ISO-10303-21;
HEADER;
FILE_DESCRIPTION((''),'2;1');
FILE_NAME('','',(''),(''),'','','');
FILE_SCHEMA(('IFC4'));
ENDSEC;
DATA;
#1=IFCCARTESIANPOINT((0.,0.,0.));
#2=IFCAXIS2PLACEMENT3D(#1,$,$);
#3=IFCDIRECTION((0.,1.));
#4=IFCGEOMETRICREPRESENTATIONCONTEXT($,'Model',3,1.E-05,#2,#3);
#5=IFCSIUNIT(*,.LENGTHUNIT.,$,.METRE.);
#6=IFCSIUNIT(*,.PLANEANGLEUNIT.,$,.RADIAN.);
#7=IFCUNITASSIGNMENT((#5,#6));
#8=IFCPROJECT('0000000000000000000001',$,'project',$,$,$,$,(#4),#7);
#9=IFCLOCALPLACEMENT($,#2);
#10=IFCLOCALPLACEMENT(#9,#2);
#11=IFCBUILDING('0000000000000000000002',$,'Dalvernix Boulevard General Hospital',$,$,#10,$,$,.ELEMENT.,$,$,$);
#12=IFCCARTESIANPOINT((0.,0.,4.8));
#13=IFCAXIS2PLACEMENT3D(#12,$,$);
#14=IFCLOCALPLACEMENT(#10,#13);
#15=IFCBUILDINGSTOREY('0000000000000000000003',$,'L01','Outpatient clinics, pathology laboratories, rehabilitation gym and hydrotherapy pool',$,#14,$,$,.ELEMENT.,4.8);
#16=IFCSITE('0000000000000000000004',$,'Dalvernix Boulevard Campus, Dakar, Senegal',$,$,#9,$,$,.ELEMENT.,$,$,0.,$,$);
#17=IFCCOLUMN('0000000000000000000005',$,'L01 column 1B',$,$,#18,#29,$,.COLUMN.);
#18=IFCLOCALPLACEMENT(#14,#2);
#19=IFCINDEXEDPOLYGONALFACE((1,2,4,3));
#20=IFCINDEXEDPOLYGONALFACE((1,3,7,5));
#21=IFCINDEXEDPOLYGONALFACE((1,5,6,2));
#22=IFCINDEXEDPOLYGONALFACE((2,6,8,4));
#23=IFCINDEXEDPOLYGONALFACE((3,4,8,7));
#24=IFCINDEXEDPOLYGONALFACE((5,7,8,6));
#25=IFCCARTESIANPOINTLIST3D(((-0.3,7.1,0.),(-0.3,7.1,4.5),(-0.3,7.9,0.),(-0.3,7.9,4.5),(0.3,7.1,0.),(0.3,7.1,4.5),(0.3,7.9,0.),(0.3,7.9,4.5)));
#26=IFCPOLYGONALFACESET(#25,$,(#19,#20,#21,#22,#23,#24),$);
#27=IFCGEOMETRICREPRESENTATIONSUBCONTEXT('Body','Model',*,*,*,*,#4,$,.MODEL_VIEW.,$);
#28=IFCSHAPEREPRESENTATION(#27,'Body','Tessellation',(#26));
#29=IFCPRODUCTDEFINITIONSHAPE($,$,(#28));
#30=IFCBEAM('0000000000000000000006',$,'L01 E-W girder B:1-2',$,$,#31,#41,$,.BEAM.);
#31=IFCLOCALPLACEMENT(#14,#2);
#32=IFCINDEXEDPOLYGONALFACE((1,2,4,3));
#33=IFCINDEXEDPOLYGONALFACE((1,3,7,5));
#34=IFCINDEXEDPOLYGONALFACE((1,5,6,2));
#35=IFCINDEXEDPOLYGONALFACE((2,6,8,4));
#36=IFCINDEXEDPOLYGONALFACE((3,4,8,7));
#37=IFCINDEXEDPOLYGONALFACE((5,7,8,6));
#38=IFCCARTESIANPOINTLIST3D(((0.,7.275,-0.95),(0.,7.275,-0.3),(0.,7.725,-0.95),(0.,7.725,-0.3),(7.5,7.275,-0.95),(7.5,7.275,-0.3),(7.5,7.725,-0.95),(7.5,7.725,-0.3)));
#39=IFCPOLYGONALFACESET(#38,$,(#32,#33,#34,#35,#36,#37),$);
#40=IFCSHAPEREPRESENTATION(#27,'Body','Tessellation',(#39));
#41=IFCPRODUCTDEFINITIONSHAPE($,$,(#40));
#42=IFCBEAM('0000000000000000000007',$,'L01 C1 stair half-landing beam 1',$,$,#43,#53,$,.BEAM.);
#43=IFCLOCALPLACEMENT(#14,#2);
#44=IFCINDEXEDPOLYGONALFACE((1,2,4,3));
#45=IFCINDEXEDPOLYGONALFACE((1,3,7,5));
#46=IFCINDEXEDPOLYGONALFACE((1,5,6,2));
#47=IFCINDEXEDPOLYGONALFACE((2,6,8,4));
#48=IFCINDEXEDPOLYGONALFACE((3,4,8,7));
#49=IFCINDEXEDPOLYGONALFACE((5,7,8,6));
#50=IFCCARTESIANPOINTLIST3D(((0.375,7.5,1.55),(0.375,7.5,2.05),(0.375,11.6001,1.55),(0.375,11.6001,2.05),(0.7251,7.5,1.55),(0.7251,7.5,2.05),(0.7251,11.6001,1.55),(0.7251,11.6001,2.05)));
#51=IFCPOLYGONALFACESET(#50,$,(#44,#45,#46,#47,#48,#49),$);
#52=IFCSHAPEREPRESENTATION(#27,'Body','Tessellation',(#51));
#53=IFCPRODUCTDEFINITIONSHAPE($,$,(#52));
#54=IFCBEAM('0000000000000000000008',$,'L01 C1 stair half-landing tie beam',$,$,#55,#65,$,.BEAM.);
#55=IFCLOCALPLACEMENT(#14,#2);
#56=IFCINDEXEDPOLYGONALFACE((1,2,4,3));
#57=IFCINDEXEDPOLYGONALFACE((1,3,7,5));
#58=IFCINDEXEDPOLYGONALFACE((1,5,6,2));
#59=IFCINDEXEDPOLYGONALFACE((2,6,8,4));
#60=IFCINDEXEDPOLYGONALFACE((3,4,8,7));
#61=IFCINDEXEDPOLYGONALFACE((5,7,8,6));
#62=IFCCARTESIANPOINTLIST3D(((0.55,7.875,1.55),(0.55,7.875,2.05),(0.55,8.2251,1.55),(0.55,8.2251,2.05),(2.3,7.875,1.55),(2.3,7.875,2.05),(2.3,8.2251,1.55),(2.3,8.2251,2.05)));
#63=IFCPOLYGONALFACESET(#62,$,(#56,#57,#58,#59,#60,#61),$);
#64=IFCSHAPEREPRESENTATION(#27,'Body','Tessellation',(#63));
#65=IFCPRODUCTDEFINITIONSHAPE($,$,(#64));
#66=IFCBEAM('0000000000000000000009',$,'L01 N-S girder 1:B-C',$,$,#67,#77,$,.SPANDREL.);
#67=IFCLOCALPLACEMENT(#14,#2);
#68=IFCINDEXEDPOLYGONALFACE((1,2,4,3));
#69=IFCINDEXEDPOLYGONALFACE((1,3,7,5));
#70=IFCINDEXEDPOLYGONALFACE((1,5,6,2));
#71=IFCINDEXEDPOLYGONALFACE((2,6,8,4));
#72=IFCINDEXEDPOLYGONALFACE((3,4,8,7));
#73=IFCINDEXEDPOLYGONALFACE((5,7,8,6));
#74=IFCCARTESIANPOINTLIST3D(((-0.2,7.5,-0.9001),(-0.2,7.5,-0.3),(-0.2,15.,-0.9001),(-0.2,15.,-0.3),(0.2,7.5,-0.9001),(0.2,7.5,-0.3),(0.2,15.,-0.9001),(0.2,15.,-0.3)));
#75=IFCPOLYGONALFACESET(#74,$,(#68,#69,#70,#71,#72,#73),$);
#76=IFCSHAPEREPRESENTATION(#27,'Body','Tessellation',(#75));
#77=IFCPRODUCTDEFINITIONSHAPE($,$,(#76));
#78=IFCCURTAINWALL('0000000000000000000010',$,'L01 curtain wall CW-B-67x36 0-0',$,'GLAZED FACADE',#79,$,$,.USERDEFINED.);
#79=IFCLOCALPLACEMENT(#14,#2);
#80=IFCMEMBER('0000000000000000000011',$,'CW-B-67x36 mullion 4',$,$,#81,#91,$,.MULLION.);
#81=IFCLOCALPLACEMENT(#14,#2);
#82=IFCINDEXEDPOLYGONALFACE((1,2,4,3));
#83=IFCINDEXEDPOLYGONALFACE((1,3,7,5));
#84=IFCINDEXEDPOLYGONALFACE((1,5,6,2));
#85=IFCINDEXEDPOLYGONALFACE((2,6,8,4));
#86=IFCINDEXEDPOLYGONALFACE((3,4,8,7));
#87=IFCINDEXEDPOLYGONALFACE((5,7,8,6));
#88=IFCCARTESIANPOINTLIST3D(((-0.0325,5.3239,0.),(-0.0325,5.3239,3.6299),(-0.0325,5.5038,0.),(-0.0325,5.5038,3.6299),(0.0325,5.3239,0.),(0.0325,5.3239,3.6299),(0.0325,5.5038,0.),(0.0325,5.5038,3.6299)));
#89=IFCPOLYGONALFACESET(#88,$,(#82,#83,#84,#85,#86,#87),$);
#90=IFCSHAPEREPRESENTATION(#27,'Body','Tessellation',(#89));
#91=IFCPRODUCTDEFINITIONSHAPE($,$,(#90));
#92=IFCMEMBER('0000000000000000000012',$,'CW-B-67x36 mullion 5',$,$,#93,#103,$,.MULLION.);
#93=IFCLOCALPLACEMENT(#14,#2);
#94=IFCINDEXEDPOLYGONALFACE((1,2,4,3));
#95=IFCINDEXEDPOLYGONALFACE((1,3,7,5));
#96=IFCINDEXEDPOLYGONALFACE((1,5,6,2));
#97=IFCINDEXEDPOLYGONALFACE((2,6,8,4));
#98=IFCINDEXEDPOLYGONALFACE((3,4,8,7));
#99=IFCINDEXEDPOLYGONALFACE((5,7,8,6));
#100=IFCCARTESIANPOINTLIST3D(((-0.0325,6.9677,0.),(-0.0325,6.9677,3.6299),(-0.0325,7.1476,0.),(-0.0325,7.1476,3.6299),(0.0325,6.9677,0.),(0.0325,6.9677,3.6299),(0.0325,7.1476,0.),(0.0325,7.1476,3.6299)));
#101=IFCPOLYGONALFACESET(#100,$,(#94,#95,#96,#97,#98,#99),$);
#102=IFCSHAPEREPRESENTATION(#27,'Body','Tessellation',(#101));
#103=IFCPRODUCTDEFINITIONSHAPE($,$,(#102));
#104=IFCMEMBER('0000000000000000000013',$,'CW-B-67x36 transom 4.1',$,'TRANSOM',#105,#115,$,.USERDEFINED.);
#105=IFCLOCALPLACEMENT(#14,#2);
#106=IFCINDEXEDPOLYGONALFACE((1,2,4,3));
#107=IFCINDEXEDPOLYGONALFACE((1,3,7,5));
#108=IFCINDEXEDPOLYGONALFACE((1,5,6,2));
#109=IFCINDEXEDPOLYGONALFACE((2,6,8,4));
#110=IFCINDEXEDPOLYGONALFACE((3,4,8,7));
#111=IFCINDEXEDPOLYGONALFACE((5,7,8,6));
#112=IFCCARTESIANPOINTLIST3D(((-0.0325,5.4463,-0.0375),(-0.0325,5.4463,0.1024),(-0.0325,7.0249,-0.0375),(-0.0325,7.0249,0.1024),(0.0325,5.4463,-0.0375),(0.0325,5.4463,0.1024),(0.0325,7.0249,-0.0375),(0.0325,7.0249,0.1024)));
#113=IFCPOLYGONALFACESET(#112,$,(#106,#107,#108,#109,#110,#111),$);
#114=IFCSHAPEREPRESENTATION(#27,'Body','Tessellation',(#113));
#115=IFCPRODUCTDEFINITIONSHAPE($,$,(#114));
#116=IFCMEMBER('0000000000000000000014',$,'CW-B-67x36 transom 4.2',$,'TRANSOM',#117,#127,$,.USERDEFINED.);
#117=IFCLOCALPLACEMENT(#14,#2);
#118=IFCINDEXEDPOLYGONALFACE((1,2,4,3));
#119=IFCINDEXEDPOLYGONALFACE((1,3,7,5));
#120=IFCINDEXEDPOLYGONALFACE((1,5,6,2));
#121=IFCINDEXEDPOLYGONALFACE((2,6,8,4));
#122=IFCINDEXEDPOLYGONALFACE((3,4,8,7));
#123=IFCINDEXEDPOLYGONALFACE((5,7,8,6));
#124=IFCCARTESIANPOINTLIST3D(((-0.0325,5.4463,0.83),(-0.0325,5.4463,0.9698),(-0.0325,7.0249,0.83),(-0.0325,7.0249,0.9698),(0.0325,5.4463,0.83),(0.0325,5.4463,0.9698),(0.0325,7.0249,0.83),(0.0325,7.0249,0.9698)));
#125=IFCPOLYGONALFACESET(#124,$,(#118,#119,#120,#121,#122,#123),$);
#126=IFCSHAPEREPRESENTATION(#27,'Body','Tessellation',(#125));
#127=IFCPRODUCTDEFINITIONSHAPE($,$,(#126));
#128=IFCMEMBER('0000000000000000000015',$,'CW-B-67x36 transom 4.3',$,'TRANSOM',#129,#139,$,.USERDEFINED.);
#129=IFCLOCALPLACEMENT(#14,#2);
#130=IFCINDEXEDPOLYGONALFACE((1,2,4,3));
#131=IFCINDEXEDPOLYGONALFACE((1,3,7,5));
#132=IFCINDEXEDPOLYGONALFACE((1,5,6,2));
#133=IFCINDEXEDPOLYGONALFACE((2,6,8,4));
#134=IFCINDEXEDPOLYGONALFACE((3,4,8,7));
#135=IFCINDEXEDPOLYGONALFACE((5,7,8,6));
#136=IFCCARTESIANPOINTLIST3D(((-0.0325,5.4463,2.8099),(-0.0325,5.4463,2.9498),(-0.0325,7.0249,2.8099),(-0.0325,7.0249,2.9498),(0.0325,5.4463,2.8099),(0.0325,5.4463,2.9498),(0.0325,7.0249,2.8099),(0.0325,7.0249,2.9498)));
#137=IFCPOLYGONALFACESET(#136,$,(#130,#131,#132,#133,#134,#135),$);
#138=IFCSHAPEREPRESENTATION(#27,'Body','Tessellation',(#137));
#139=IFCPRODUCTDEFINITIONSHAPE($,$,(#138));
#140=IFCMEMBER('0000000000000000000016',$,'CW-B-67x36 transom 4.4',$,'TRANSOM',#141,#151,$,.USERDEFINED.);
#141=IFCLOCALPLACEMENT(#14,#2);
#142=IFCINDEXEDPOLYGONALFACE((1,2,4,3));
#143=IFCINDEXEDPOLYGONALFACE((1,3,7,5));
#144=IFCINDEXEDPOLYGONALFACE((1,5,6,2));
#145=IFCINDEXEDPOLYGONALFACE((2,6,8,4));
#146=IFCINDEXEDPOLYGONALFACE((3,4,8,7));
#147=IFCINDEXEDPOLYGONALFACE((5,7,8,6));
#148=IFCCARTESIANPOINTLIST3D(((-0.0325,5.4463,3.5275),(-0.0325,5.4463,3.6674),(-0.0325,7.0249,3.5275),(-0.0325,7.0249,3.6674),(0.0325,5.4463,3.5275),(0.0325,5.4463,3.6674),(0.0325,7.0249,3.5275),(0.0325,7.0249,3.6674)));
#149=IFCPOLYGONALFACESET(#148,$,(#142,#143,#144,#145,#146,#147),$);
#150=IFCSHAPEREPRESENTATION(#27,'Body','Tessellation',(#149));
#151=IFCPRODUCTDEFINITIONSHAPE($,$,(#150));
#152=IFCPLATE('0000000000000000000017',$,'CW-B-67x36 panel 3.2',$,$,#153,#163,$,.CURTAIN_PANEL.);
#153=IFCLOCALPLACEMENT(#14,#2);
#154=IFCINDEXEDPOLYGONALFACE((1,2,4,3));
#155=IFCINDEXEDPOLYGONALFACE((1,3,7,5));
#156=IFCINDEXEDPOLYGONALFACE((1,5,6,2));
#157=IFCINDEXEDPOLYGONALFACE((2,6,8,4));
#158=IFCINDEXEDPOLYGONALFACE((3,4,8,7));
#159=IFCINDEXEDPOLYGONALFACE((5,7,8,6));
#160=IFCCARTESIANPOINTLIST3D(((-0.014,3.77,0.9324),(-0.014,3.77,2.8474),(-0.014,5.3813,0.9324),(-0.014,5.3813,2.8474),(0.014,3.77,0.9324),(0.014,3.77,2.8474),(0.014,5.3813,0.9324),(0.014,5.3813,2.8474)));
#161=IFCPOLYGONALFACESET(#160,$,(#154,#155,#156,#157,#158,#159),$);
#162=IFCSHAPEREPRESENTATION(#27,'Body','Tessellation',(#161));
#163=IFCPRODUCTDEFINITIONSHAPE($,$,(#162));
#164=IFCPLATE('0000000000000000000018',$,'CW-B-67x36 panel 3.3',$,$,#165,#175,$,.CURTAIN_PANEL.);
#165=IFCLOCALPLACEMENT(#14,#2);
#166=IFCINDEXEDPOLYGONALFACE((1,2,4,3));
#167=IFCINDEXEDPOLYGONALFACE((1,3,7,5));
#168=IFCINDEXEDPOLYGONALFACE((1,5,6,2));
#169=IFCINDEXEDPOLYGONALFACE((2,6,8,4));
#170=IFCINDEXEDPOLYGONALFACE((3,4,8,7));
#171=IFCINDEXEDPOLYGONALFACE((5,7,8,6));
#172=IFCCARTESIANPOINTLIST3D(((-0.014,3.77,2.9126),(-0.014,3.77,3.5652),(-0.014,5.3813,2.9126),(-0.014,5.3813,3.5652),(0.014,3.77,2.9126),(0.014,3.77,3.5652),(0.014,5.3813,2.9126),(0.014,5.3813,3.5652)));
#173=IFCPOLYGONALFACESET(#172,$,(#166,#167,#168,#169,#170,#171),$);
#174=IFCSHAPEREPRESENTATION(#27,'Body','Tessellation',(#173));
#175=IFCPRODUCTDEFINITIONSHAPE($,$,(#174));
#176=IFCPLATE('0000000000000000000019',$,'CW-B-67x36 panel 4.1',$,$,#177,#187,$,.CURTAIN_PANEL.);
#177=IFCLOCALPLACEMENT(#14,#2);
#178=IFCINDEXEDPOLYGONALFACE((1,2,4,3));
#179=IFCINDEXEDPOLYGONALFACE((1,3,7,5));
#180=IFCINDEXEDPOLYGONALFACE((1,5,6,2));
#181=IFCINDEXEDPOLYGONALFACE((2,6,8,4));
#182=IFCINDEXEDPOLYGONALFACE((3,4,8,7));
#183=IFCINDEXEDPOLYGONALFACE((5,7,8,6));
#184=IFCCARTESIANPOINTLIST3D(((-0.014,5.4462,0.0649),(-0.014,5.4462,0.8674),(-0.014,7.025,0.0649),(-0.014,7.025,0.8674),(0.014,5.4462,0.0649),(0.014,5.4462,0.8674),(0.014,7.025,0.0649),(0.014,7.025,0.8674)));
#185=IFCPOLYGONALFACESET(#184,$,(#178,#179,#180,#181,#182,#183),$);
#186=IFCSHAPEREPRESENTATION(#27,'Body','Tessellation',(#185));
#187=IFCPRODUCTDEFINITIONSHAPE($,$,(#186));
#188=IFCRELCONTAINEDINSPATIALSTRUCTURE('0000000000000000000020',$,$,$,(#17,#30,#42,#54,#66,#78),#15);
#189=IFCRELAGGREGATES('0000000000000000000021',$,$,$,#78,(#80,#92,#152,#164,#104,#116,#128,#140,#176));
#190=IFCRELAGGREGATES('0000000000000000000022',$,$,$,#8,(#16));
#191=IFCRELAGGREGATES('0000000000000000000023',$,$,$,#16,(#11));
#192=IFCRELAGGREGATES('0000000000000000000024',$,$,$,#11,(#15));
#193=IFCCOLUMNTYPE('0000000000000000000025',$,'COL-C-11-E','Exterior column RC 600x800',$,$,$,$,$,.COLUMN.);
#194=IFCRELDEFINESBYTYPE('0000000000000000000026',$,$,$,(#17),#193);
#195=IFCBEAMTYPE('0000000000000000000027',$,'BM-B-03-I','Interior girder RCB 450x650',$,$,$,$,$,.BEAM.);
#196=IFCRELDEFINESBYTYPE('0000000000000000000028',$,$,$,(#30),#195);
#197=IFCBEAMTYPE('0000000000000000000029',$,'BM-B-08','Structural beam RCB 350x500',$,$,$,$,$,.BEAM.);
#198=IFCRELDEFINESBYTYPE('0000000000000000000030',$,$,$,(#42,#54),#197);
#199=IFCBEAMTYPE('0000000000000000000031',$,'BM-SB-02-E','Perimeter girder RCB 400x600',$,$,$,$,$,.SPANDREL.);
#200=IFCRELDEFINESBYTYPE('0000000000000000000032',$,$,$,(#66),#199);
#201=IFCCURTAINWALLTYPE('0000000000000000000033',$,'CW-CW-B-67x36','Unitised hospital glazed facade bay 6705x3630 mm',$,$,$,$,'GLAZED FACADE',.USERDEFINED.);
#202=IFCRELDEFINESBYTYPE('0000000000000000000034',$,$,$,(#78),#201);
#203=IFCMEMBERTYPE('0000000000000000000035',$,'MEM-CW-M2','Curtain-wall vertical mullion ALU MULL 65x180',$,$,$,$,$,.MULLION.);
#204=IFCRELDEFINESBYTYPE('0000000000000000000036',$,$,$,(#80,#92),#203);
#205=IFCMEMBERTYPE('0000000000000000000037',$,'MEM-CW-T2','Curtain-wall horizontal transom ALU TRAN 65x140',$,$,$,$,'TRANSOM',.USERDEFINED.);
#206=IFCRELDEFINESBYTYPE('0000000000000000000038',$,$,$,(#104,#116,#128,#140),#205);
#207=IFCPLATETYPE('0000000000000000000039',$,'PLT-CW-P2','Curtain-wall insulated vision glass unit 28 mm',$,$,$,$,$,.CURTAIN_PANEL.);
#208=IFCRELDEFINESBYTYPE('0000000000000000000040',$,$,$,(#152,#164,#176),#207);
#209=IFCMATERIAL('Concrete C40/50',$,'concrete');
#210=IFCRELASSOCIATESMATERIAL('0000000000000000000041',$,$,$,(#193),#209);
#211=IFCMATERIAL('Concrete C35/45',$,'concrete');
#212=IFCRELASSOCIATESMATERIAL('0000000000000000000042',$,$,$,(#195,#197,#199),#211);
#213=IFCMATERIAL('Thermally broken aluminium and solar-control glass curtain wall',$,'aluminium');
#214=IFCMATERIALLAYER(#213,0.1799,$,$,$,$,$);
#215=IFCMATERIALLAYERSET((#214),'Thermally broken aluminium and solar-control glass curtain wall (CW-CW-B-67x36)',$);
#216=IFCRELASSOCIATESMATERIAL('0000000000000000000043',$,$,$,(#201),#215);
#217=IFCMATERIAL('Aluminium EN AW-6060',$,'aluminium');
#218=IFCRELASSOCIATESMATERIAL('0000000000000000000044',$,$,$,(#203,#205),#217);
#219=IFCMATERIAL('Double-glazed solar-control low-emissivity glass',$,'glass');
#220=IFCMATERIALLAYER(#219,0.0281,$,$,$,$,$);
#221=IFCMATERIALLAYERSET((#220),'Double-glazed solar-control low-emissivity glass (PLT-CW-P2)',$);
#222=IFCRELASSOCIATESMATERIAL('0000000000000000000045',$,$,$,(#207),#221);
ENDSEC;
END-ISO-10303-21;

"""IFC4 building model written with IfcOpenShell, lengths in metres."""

from ifc_helpers import new_model, si_unit, direction, frame, origin, origin_2d, place, context, subcontext, project, spatial, rectangle, extrude, material, layer, layer_set, material_profile, profile_set, type_object, element, aggregate, save


model = new_model("IFC4")

# Units and contexts
model_context = context("Model", 3, precision=1e-05, world=origin(), true_north=direction((0.0, 1.0)))
body_context = subcontext(model_context, "Body", "Model", "MODEL_VIEW")
ifc_project = project(units=[si_unit("LENGTHUNIT", "METRE"), si_unit("PLANEANGLEUNIT", "RADIAN")], contexts=[model_context])

# Site, building, storey
site_placement = place(None, origin())
site = spatial("IfcSite", under=ifc_project, at=site_placement, Name="Dalvernix Boulevard Campus, Dakar, Senegal", CompositionType="ELEMENT", RefElevation=0.0)
building_placement = place(site_placement, origin())
building = spatial("IfcBuilding", under=site, at=building_placement, Name="Dalvernix Boulevard General Hospital", CompositionType="ELEMENT")
storey_placement = place(building_placement, frame((0.0, 0.0, 4.8)))
storey = spatial("IfcBuildingStorey", under=building, at=storey_placement, Name="L01", Description="Outpatient clinics, pathology laboratories, rehabilitation gym and hydrotherapy pool", CompositionType="ELEMENT", Elevation=4.8)

# Column
ifc_material_1 = material(Name="Concrete C40/50", Category="concrete")
ifc_material_profile_1 = material_profile(ifc_material_1, rectangle(XDim=0.6001, YDim=0.8, at=origin_2d()), Name="RC 600x800")
ifc_profile_set_1 = profile_set([ifc_material_profile_1], Name="Concrete C40/50")
column_type = type_object("IfcColumnType", Name="COL-C-11-E", Description="Exterior column RC 600x800", PredefinedType="COLUMN", material=ifc_profile_set_1)
column_placement = place(storey_placement, frame((0.0, 7.5, 0.0), z_axis=(0.0, 0.0, 1.0), x_axis=(1.0, 0.0, 0.0)))
element("IfcColumn", 1, at=column_placement, inside=storey, type_object=column_type, Name="L01 column 1B", PredefinedType="COLUMN", context=body_context, shape_type="SweptSolid", body=[
    extrude(rectangle(XDim=0.6001, YDim=0.8, at=origin_2d()), origin(), (0.0, 0.0, 1.0), 4.5),
])

# Beams
ifc_material_2 = material(Name="Concrete C35/45", Category="concrete")
ifc_material_profile_2 = material_profile(ifc_material_2, rectangle(XDim=0.45, YDim=0.6499, at=origin_2d()), Name="RCB 450x650")
ifc_profile_set_2 = profile_set([ifc_material_profile_2], Name="Concrete C35/45")
beam_type_1 = type_object("IfcBeamType", Name="BM-B-03-I", Description="Interior girder RCB 450x650", PredefinedType="BEAM", material=ifc_profile_set_2)
beam_1_placement = place(storey_placement, frame((0.0, 7.5, -0.625), z_axis=(1.0, 0.0, 0.0), x_axis=(0.0, 1.0, 0.0)))
element("IfcBeam", 2, at=beam_1_placement, inside=storey, type_object=beam_type_1, Name="L01 E-W girder B:1-2", PredefinedType="BEAM", context=body_context, shape_type="SweptSolid", body=[
    extrude(rectangle(XDim=0.45, YDim=0.6499, at=origin_2d()), origin(), (0.0, 0.0, 1.0), 7.5),
])
ifc_material_profile_3 = material_profile(ifc_material_2, rectangle(XDim=0.3501, YDim=0.5, at=origin_2d()), Name="RCB 350x500")
ifc_profile_set_3 = profile_set([ifc_material_profile_3], Name="Concrete C35/45")
beam_type_2 = type_object("IfcBeamType", Name="BM-B-08", Description="Structural beam RCB 350x500", PredefinedType="BEAM", material=ifc_profile_set_3)
beam_2_placement = place(storey_placement, frame((0.55, 7.5, 1.8), z_axis=(0.0, 1.0, 0.0), x_axis=(-1.0, 0.0, 0.0)))
element("IfcBeam", 3, at=beam_2_placement, inside=storey, type_object=beam_type_2, Name="L01 C1 stair half-landing beam 1", PredefinedType="BEAM", context=body_context, shape_type="SweptSolid", body=[
    extrude(rectangle(XDim=0.3501, YDim=0.5, at=origin_2d()), origin(), (0.0, 0.0, 1.0), 4.1001),
])
beam_3_placement = place(storey_placement, frame((0.55, 8.05, 1.8), z_axis=(1.0, 0.0, 0.0), x_axis=(0.0, 1.0, 0.0)))
element("IfcBeam", 4, at=beam_3_placement, inside=storey, type_object=beam_type_2, Name="L01 C1 stair half-landing tie beam", PredefinedType="BEAM", context=body_context, shape_type="SweptSolid", body=[
    extrude(rectangle(XDim=0.3501, YDim=0.5, at=origin_2d()), origin(), (0.0, 0.0, 1.0), 1.75),
])
ifc_material_profile_4 = material_profile(ifc_material_2, rectangle(XDim=0.3999, YDim=0.6001, at=origin_2d()), Name="RCB 400x600")
ifc_profile_set_4 = profile_set([ifc_material_profile_4], Name="Concrete C35/45")
beam_type_3 = type_object("IfcBeamType", Name="BM-SB-02-E", Description="Perimeter girder RCB 400x600", PredefinedType="SPANDREL", material=ifc_profile_set_4)
beam_4_placement = place(storey_placement, frame((0.0, 7.5, -0.6001), z_axis=(0.0, 1.0, 0.0), x_axis=(-1.0, 0.0, 0.0)))
element("IfcBeam", 5, at=beam_4_placement, inside=storey, type_object=beam_type_3, Name="L01 N-S girder 1:B-C", PredefinedType="SPANDREL", context=body_context, shape_type="SweptSolid", body=[
    extrude(rectangle(XDim=0.3999, YDim=0.6001, at=origin_2d()), origin(), (0.0, 0.0, 1.0), 7.5),
])

# Curtain wall, members, plates
ifc_material_3 = material(Name="Thermally broken aluminium and solar-control glass curtain wall", Category="aluminium")
ifc_layer_1 = layer(ifc_material_3, 0.1799)
ifc_layer_set_1 = layer_set([ifc_layer_1], Name="Thermally broken aluminium and solar-control glass curtain wall (CW-CW-B-67x36)")
curtain_wall_type = type_object("IfcCurtainWallType", Name="CW-CW-B-67x36", Description="Unitised hospital glazed facade bay 6705x3630 mm", ElementType="GLAZED FACADE", PredefinedType="USERDEFINED", material=ifc_layer_set_1)
curtain_wall_placement = place(storey_placement, origin())
curtain_wall = element("IfcCurtainWall", 6, at=curtain_wall_placement, inside=storey, type_object=curtain_wall_type, Name="L01 curtain wall CW-B-67x36 0-0", ObjectType="GLAZED FACADE", PredefinedType="USERDEFINED")
ifc_material_4 = material(Name="Aluminium EN AW-6060", Category="aluminium")
ifc_material_profile_5 = material_profile(ifc_material_4, rectangle(XDim=0.0649, YDim=0.1799, at=origin_2d()), Name="ALU MULL 65x180")
ifc_profile_set_5 = profile_set([ifc_material_profile_5], Name="Aluminium EN AW-6060")
member_type_1 = type_object("IfcMemberType", Name="MEM-CW-M2", Description="Curtain-wall vertical mullion ALU MULL 65x180", PredefinedType="MULLION", material=ifc_profile_set_5)
member_1_placement = place(storey_placement, frame((0.0, 5.4138, 0.0), z_axis=(0.0, 0.0, 1.0), x_axis=(-1.0, 0.0, 0.0)))
member_1 = element("IfcMember", 7, at=member_1_placement, type_object=member_type_1, Name="CW-B-67x36 mullion 4", PredefinedType="MULLION", context=body_context, shape_type="SweptSolid", body=[
    extrude(rectangle(XDim=0.0649, YDim=0.1799, at=origin_2d()), origin(), (0.0, 0.0, 1.0), 3.6299),
])
member_2_placement = place(storey_placement, frame((0.0, 7.0576, 0.0), z_axis=(0.0, 0.0, 1.0), x_axis=(-1.0, 0.0, 0.0)))
member_2 = element("IfcMember", 8, at=member_2_placement, type_object=member_type_1, Name="CW-B-67x36 mullion 5", PredefinedType="MULLION", context=body_context, shape_type="SweptSolid", body=[
    extrude(rectangle(XDim=0.0649, YDim=0.1799, at=origin_2d()), origin(), (0.0, 0.0, 1.0), 3.6299),
])
ifc_material_profile_6 = material_profile(ifc_material_4, rectangle(XDim=0.0649, YDim=0.1399, at=origin_2d()), Name="ALU TRAN 65x140")
ifc_profile_set_6 = profile_set([ifc_material_profile_6], Name="Aluminium EN AW-6060")
member_type_2 = type_object("IfcMemberType", Name="MEM-CW-T2", Description="Curtain-wall horizontal transom ALU TRAN 65x140", ElementType="TRANSOM", PredefinedType="USERDEFINED", material=ifc_profile_set_6)
member_3_placement = place(storey_placement, frame((0.0, 5.4463, 0.0325), z_axis=(0.0, 1.0, 0.0), x_axis=(-1.0, 0.0, 0.0)))
member_3 = element("IfcMember", 9, at=member_3_placement, type_object=member_type_2, Name="CW-B-67x36 transom 4.1", ObjectType="TRANSOM", PredefinedType="USERDEFINED", context=body_context, shape_type="SweptSolid", body=[
    extrude(rectangle(XDim=0.0649, YDim=0.1399, at=origin_2d()), origin(), (0.0, 0.0, 1.0), 1.5786),
])
member_4_placement = place(storey_placement, frame((0.0, 5.4463, 0.8999), z_axis=(0.0, 1.0, 0.0), x_axis=(-1.0, 0.0, 0.0)))
member_4 = element("IfcMember", 10, at=member_4_placement, type_object=member_type_2, Name="CW-B-67x36 transom 4.2", ObjectType="TRANSOM", PredefinedType="USERDEFINED", context=body_context, shape_type="SweptSolid", body=[
    extrude(rectangle(XDim=0.0649, YDim=0.1399, at=origin_2d()), origin(), (0.0, 0.0, 1.0), 1.5786),
])
member_5_placement = place(storey_placement, frame((0.0, 5.4463, 2.8799), z_axis=(0.0, 1.0, 0.0), x_axis=(-1.0, 0.0, 0.0)))
member_5 = element("IfcMember", 11, at=member_5_placement, type_object=member_type_2, Name="CW-B-67x36 transom 4.3", ObjectType="TRANSOM", PredefinedType="USERDEFINED", context=body_context, shape_type="SweptSolid", body=[
    extrude(rectangle(XDim=0.0649, YDim=0.1399, at=origin_2d()), origin(), (0.0, 0.0, 1.0), 1.5786),
])
member_6_placement = place(storey_placement, frame((0.0, 5.4463, 3.5974), z_axis=(0.0, 1.0, 0.0), x_axis=(-1.0, 0.0, 0.0)))
member_6 = element("IfcMember", 12, at=member_6_placement, type_object=member_type_2, Name="CW-B-67x36 transom 4.4", ObjectType="TRANSOM", PredefinedType="USERDEFINED", context=body_context, shape_type="SweptSolid", body=[
    extrude(rectangle(XDim=0.0649, YDim=0.1399, at=origin_2d()), origin(), (0.0, 0.0, 1.0), 1.5786),
])
ifc_material_5 = material(Name="Double-glazed solar-control low-emissivity glass", Category="glass")
ifc_layer_2 = layer(ifc_material_5, 0.0281)
ifc_layer_set_2 = layer_set([ifc_layer_2], Name="Double-glazed solar-control low-emissivity glass (PLT-CW-P2)")
plate_type = type_object("IfcPlateType", Name="PLT-CW-P2", Description="Curtain-wall insulated vision glass unit 28 mm", PredefinedType="CURTAIN_PANEL", material=ifc_layer_set_2)
plate_1_placement = place(storey_placement, frame((0.0, 4.5757, 0.9324), z_axis=(0.0, 0.0, 1.0), x_axis=(0.0, 1.0, 0.0)))
plate_1 = element("IfcPlate", 13, at=plate_1_placement, type_object=plate_type, Name="CW-B-67x36 panel 3.2", PredefinedType="CURTAIN_PANEL", context=body_context, shape_type="SweptSolid", body=[
    extrude(rectangle(XDim=1.6113, YDim=0.0281, at=origin_2d()), origin(), (0.0, 0.0, 1.0), 1.915),
])
plate_2_placement = place(storey_placement, frame((0.0, 4.5757, 2.9126), z_axis=(0.0, 0.0, 1.0), x_axis=(0.0, 1.0, 0.0)))
plate_2 = element("IfcPlate", 14, at=plate_2_placement, type_object=plate_type, Name="CW-B-67x36 panel 3.3", PredefinedType="CURTAIN_PANEL", context=body_context, shape_type="SweptSolid", body=[
    extrude(rectangle(XDim=1.6113, YDim=0.0281, at=origin_2d()), origin(), (0.0, 0.0, 1.0), 0.6526),
])
plate_3_placement = place(storey_placement, frame((0.0, 6.2356, 0.0649), z_axis=(0.0, 0.0, 1.0), x_axis=(0.0, 1.0, 0.0)))
plate_3 = element("IfcPlate", 15, at=plate_3_placement, type_object=plate_type, Name="CW-B-67x36 panel 4.1", PredefinedType="CURTAIN_PANEL", context=body_context, shape_type="SweptSolid", body=[
    extrude(rectangle(XDim=1.5789, YDim=0.0281, at=origin_2d()), origin(), (0.0, 0.0, 1.0), 0.8025),
])
aggregate(curtain_wall, [member_1, member_2, plate_1, plate_2, member_3, member_4, member_5, member_6, plate_3])

save(model, "model.ifc")
